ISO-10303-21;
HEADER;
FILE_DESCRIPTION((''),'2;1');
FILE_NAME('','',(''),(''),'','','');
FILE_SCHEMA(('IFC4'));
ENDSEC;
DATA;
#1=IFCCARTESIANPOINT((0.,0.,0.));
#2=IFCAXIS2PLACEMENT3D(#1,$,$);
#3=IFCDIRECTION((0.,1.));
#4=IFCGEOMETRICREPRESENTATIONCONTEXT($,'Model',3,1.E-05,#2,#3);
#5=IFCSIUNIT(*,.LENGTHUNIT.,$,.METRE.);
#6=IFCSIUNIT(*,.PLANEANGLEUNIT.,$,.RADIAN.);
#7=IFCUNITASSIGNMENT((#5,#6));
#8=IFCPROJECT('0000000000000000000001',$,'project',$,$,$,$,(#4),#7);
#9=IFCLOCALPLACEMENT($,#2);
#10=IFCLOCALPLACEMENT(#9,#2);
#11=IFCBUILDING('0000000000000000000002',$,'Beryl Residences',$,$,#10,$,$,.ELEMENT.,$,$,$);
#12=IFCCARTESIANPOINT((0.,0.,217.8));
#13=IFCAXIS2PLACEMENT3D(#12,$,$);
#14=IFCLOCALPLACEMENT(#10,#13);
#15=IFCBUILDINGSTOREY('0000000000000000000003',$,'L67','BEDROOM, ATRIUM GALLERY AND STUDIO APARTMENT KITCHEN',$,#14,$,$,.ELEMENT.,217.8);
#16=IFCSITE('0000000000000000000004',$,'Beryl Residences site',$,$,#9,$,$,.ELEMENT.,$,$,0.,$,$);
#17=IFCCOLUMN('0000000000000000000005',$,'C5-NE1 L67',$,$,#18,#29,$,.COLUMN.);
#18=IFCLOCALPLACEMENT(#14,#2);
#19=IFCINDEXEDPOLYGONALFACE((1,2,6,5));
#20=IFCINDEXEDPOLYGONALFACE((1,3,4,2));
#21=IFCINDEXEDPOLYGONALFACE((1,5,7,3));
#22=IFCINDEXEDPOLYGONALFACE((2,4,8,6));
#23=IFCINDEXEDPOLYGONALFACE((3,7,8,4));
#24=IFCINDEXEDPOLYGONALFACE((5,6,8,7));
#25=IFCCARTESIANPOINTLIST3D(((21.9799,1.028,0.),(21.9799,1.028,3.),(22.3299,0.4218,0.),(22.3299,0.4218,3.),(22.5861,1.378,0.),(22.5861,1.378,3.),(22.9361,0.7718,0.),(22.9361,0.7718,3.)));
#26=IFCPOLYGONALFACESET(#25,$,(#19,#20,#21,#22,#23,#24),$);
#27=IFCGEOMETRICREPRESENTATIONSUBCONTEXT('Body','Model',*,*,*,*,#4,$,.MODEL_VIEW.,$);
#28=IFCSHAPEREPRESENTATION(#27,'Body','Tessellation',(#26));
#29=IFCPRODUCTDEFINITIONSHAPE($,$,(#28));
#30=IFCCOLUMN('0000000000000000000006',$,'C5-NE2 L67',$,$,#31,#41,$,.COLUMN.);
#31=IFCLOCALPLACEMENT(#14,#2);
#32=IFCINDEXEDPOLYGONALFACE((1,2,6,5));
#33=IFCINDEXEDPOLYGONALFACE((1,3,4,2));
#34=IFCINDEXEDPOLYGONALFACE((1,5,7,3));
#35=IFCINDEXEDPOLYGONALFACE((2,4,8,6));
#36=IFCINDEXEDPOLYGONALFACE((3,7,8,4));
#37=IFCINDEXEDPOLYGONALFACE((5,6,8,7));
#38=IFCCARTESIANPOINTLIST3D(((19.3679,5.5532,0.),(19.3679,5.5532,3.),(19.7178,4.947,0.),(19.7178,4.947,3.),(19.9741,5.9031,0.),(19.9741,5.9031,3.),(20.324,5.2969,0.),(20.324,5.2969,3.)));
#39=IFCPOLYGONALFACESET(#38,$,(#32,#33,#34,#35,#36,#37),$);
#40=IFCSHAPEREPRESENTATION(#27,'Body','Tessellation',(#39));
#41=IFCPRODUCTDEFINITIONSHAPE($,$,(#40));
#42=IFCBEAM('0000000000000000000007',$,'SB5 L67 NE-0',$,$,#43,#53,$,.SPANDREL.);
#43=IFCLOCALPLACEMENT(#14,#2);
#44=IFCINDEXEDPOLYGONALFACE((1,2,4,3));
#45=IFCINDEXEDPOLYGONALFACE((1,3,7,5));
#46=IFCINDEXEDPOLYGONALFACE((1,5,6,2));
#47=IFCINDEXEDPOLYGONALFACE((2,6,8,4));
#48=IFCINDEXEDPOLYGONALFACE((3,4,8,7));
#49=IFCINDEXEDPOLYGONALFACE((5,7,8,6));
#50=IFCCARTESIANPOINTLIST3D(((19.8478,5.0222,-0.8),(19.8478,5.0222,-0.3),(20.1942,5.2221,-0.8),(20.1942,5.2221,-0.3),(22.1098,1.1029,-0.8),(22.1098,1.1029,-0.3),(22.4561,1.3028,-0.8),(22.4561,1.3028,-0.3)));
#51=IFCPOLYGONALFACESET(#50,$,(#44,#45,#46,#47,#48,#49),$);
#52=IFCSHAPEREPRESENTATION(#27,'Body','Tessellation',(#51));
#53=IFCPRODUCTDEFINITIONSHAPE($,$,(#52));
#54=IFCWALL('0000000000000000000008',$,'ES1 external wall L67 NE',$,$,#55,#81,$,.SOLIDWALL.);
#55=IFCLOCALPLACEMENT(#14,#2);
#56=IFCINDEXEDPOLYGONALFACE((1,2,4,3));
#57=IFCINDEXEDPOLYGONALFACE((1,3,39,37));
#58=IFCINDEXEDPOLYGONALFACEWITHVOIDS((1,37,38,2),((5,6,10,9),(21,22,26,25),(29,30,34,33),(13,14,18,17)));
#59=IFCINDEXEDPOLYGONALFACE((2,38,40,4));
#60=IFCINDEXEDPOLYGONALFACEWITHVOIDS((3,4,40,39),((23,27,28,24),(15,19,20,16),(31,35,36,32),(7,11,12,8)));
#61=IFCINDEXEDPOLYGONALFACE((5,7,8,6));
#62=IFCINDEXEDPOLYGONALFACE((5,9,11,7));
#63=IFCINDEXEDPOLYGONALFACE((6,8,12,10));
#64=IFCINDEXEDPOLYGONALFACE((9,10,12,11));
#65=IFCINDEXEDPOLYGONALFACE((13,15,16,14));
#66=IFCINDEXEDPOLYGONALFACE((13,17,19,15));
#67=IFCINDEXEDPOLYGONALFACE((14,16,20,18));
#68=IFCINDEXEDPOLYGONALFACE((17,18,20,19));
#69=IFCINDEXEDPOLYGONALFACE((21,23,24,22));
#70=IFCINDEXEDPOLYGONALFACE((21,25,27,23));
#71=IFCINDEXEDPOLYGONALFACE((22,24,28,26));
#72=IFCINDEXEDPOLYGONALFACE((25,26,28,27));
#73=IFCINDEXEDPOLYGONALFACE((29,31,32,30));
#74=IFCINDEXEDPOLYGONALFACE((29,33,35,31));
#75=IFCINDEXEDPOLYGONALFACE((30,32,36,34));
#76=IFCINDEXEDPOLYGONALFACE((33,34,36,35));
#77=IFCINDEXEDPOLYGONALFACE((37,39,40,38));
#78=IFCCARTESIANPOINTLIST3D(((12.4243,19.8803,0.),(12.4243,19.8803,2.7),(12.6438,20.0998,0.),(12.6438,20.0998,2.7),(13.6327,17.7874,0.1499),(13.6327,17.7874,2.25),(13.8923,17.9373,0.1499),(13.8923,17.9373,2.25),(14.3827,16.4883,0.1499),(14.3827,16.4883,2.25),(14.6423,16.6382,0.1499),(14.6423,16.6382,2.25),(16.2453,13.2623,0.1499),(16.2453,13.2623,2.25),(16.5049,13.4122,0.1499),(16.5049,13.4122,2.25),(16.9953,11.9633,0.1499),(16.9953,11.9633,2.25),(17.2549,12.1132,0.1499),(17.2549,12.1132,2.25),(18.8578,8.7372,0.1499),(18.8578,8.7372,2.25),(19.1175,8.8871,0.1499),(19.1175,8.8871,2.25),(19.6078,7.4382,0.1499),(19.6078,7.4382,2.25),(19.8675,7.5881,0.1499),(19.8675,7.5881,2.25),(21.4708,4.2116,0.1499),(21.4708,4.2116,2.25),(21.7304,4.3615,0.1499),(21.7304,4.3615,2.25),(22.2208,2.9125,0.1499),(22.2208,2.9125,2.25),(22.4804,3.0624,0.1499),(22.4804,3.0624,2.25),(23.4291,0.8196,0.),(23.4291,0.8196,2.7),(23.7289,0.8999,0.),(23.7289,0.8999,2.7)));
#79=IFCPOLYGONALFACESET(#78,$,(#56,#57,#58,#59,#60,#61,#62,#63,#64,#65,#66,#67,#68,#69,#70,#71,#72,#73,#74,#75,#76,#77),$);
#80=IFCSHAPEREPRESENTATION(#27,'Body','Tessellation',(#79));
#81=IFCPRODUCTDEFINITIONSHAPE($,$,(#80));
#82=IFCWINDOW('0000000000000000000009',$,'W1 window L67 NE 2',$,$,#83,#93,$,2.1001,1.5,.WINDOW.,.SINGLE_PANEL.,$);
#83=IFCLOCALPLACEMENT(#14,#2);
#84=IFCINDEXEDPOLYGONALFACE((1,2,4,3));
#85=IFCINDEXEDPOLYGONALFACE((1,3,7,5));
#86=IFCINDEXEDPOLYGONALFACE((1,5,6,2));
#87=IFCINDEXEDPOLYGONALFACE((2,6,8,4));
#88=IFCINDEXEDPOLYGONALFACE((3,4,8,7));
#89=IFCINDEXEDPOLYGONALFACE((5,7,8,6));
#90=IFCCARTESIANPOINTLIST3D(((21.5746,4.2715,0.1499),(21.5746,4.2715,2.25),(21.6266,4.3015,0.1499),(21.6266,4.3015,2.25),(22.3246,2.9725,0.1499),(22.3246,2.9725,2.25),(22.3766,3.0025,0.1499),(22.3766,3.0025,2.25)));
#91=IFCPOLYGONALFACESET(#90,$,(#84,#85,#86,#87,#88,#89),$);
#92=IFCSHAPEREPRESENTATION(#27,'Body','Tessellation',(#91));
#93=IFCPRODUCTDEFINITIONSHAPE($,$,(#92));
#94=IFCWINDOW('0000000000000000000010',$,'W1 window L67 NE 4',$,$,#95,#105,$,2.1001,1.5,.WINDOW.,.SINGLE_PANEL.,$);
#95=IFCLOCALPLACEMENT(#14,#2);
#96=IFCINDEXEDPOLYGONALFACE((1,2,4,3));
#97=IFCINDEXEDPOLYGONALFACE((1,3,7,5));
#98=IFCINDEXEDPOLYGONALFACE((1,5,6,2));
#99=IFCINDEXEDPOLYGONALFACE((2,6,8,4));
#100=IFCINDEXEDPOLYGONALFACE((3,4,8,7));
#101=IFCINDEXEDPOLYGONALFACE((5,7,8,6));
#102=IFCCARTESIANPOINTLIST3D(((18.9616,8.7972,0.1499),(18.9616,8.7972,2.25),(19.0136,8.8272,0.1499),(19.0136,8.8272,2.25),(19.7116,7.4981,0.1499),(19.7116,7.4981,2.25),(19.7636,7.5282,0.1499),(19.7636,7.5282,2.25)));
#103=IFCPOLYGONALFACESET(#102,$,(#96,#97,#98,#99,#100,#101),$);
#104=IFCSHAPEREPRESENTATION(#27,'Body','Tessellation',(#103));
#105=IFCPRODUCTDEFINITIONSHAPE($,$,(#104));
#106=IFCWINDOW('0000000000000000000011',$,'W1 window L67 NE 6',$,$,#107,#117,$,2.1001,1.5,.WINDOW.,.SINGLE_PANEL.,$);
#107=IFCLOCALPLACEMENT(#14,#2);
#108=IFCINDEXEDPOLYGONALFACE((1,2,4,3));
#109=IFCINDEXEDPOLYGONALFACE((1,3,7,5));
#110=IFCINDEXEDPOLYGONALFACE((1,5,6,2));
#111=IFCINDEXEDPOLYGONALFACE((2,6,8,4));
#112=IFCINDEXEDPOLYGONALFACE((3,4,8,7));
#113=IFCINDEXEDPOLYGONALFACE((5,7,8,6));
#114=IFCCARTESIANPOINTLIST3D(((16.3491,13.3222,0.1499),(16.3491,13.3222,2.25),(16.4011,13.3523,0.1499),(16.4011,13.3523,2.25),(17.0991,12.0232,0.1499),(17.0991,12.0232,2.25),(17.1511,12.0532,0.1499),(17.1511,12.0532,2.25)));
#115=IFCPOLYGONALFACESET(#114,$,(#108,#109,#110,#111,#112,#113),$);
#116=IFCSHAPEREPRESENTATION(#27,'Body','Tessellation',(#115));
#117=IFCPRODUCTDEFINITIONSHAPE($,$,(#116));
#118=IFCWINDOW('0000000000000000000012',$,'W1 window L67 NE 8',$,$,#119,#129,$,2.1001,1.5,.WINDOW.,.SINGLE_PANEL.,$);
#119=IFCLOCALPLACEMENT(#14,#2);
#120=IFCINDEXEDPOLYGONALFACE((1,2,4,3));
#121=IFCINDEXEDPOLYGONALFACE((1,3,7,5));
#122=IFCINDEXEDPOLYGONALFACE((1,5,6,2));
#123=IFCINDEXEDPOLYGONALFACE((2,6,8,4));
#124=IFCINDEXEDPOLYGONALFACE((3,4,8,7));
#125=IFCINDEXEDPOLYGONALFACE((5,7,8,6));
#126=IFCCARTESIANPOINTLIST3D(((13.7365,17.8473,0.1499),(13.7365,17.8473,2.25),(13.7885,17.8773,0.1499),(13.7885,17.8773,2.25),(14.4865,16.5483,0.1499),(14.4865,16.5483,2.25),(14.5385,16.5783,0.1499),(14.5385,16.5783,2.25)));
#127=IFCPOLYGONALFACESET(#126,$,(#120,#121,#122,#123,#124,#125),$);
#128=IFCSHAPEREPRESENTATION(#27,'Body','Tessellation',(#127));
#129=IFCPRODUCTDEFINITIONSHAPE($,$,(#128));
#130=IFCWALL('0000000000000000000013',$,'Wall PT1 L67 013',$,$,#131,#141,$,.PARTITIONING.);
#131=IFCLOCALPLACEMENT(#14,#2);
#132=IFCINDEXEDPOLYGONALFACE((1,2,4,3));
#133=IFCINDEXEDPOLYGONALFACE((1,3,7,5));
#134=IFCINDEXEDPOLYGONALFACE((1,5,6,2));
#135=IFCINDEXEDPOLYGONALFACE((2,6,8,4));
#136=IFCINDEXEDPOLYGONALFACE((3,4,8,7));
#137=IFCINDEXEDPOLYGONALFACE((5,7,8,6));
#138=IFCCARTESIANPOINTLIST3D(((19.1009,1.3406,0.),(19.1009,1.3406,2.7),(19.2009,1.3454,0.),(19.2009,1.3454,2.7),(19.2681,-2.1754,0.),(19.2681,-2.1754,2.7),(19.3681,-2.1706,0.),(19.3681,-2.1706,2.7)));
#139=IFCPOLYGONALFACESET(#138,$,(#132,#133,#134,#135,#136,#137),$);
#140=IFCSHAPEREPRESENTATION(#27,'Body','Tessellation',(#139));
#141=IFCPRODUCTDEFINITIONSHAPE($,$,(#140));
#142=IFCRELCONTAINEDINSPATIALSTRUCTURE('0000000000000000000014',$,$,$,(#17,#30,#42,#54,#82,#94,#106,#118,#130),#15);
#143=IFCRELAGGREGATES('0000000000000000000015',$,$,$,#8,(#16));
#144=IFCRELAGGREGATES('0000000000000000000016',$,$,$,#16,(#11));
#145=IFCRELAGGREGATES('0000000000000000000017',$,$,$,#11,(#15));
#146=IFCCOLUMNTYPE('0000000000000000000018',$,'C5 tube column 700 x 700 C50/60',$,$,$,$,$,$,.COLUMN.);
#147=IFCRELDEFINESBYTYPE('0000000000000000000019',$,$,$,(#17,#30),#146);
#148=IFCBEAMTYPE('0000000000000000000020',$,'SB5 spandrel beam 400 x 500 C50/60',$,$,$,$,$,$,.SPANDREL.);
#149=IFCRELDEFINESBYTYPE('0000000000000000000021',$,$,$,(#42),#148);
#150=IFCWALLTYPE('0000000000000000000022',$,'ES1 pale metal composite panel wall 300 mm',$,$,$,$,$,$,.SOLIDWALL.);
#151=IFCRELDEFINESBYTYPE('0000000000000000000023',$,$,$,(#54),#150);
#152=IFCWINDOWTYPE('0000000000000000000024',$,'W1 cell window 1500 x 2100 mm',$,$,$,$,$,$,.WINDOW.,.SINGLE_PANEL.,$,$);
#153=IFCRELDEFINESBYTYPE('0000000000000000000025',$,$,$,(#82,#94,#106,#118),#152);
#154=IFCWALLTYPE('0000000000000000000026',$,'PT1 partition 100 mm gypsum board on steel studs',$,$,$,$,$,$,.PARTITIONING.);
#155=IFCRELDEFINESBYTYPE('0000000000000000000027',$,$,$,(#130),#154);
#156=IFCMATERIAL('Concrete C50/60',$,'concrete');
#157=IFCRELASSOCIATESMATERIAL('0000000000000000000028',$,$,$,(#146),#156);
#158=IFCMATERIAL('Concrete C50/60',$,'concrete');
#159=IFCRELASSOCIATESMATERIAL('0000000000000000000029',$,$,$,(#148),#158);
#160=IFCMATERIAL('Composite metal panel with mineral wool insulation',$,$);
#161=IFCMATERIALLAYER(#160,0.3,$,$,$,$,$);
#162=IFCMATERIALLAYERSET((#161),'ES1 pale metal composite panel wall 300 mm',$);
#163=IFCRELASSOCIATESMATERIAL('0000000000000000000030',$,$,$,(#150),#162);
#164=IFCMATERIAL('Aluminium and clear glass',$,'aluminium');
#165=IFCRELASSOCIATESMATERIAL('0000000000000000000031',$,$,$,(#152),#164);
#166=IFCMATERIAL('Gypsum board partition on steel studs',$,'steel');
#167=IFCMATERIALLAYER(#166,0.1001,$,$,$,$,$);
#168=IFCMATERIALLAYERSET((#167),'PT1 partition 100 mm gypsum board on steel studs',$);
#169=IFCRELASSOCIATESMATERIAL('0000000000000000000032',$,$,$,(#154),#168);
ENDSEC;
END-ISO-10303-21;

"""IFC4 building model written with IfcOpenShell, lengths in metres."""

from ifc_helpers import new_model, si_unit, direction, frame, frame_2d, origin, origin_2d, place, context, subcontext, project, spatial, polyline, rectangle, outline, extrude, material, layer, layer_set, material_profile, profile_set, type_object, element, fill, save


model = new_model("IFC4")

# Units and contexts
model_context = context("Model", 3, precision=1e-05, world=origin(), true_north=direction((0.0, 1.0)))
body_context = subcontext(model_context, "Body", "Model", "MODEL_VIEW")
ifc_project = project(units=[si_unit("LENGTHUNIT", "METRE"), si_unit("PLANEANGLEUNIT", "RADIAN")], contexts=[model_context])

# Site, building, storey
site_placement = place(None, origin())
site = spatial("IfcSite", under=ifc_project, at=site_placement, Name="Beryl Residences site", CompositionType="ELEMENT", RefElevation=0.0)
building_placement = place(site_placement, origin())
building = spatial("IfcBuilding", under=site, at=building_placement, Name="Beryl Residences", CompositionType="ELEMENT")
storey_placement = place(building_placement, frame((0.0, 0.0, 217.8)))
storey = spatial("IfcBuildingStorey", under=building, at=storey_placement, Name="L67", Description="BEDROOM, ATRIUM GALLERY AND STUDIO APARTMENT KITCHEN", CompositionType="ELEMENT", Elevation=217.8)

# Columns
ifc_material_1 = material(Name="Concrete C50/60", Category="concrete")
ifc_material_profile_1 = material_profile(ifc_material_1, rectangle(XDim=0.7, YDim=0.7, at=origin_2d()))
ifc_profile_set_1 = profile_set([ifc_material_profile_1], Name="Concrete C50/60")
column_type = type_object("IfcColumnType", Name="C5 tube column 700 x 700 C50/60", PredefinedType="COLUMN", material=ifc_profile_set_1)
for number, where, z_axis, x_axis, name in (
    (1, (22.458, 0.8999, 0.0), (0.0, 0.0, 1.0), (-0.49997, 0.866043, 0.0), "C5-NE1 L67"),
    (2, (19.8459, 5.425, 0.0), (0.0, 0.0, 1.0), (-0.49997, 0.866043, 0.0), "C5-NE2 L67"),
):
    element("IfcColumn", number, at=place(storey_placement, frame(where, z_axis=z_axis, x_axis=x_axis)), inside=storey, type_object=column_type, Name=name, PredefinedType="COLUMN", context=body_context, shape_type="SweptSolid", body=[
        extrude(rectangle(XDim=0.7, YDim=0.7, at=origin_2d()), origin(), (0.0, 0.0, 1.0), 3.0),
    ])

# Beam
ifc_material_2 = material(Name="Concrete C50/60", Category="concrete")
ifc_material_profile_2 = material_profile(ifc_material_2, rectangle(XDim=0.3999, YDim=0.5, at=origin_2d()))
ifc_profile_set_2 = profile_set([ifc_material_profile_2], Name="Concrete C50/60")
beam_type = type_object("IfcBeamType", Name="SB5 spandrel beam 400 x 500 C50/60", PredefinedType="SPANDREL", material=ifc_profile_set_2)
beam_placement = place(storey_placement, frame((22.283, 1.2029, -0.55), z_axis=(-0.49987, 0.8661, 0.0), x_axis=(-0.8661, -0.49987, 0.0)))
element("IfcBeam", 3, at=beam_placement, inside=storey, type_object=beam_type, Name="SB5 L67 NE-0", PredefinedType="SPANDREL", context=body_context, shape_type="SweptSolid", body=[
    extrude(rectangle(XDim=0.3999, YDim=0.5, at=origin_2d()), origin(), (0.0, 0.0, 1.0), 4.5251),
])

# Wall, openings, windows
ifc_material_3 = material(Name="Composite metal panel with mineral wool insulation")
ifc_layer_1 = layer(ifc_material_3, 0.3)
ifc_layer_set_1 = layer_set([ifc_layer_1], Name="ES1 pale metal composite panel wall 300 mm")
wall_type_1 = type_object("IfcWallType", Name="ES1 pale metal composite panel wall 300 mm", PredefinedType="SOLIDWALL", material=ifc_layer_set_1)
wall_1_placement = place(storey_placement, frame((23.5991, 0.825, 0.0), z_axis=(0.0, 0.0, 1.0), x_axis=(-0.500004, 0.866023, 0.0)))
wall_1 = element("IfcWall", 4, at=wall_1_placement, inside=storey, type_object=wall_type_1, Name="ES1 external wall L67 NE", PredefinedType="SOLIDWALL", context=body_context, shape_type="SweptSolid", body=[
    extrude(outline(polyline([(0.0, -0.1499), (22.1702, -0.1499), (22.0898, 0.1499), (0.0803, 0.1499), (0.0, -0.1499)])), origin(), (0.0, 0.0, 1.0), 2.7),
])
opening_1_placement = place(wall_1_placement, frame((2.4971, 0.0, 0.1499)))
opening_1 = element("IfcOpeningElement", 5, at=opening_1_placement, cuts=wall_1, PredefinedType="OPENING", context=body_context, shape_type="SweptSolid", body=[
    extrude(rectangle(XDim=1.5, YDim=2.1001, at=frame_2d((0.75, 1.05))), frame((0.0, 0.1599, 0.0), z_axis=(0.0, -1.0, 0.0), x_axis=(1.0, 0.0, 0.0)), (0.0, 0.0, 1.0), 0.3201),
])
opening_2_placement = place(wall_1_placement, frame((7.7229, 0.0, 0.1499)))
opening_2 = element("IfcOpeningElement", 6, at=opening_2_placement, cuts=wall_1, PredefinedType="OPENING", context=body_context, shape_type="SweptSolid", body=[
    extrude(rectangle(XDim=1.5, YDim=2.1001, at=frame_2d((0.75, 1.05))), frame((0.0, 0.1599, 0.0), z_axis=(0.0, -1.0, 0.0), x_axis=(1.0, 0.0, 0.0)), (0.0, 0.0, 1.0), 0.3201),
])
opening_3_placement = place(wall_1_placement, frame((12.948, 0.0, 0.1499)))
opening_3 = element("IfcOpeningElement", 7, at=opening_3_placement, cuts=wall_1, PredefinedType="OPENING", context=body_context, shape_type="SweptSolid", body=[
    extrude(rectangle(XDim=1.5, YDim=2.1001, at=frame_2d((0.75, 1.05))), frame((0.0, 0.1599, 0.0), z_axis=(0.0, -1.0, 0.0), x_axis=(1.0, 0.0, 0.0)), (0.0, 0.0, 1.0), 0.3201),
])
opening_4_placement = place(wall_1_placement, frame((18.1731, 0.0, 0.1499)))
opening_4 = element("IfcOpeningElement", 8, at=opening_4_placement, cuts=wall_1, PredefinedType="OPENING", context=body_context, shape_type="SweptSolid", body=[
    extrude(rectangle(XDim=1.5, YDim=2.1001, at=frame_2d((0.75, 1.05))), frame((0.0, 0.1599, 0.0), z_axis=(0.0, -1.0, 0.0), x_axis=(1.0, 0.0, 0.0)), (0.0, 0.0, 1.0), 0.3201),
])
ifc_material_4 = material(Name="Aluminium and clear glass", Category="aluminium")
window_type = type_object("IfcWindowType", Name="W1 cell window 1500 x 2100 mm", PartitioningType="SINGLE_PANEL", PredefinedType="WINDOW", material=ifc_material_4)
window_1_placement = place(opening_1_placement, origin())
window_1 = element("IfcWindow", 9, at=window_1_placement, inside=storey, type_object=window_type, Name="W1 window L67 NE 2", OverallHeight=2.1001, OverallWidth=1.5, PartitioningType="SINGLE_PANEL", PredefinedType="WINDOW", context=body_context, shape_type="SweptSolid", body=[
    extrude(rectangle(XDim=1.5, YDim=2.1001, at=frame_2d((0.75, 1.05))), frame((0.0, 0.03, 0.0), z_axis=(0.0, -1.0, 0.0), x_axis=(1.0, 0.0, 0.0)), (0.0, 0.0, 1.0), 0.0601),
])
fill(opening_1, window_1)
window_2_placement = place(opening_2_placement, origin())
window_2 = element("IfcWindow", 10, at=window_2_placement, inside=storey, type_object=window_type, Name="W1 window L67 NE 4", OverallHeight=2.1001, OverallWidth=1.5, PartitioningType="SINGLE_PANEL", PredefinedType="WINDOW", context=body_context, shape_type="SweptSolid", body=[
    extrude(rectangle(XDim=1.5, YDim=2.1001, at=frame_2d((0.75, 1.05))), frame((0.0, 0.03, 0.0), z_axis=(0.0, -1.0, 0.0), x_axis=(1.0, 0.0, 0.0)), (0.0, 0.0, 1.0), 0.0601),
])
fill(opening_2, window_2)
window_3_placement = place(opening_3_placement, origin())
window_3 = element("IfcWindow", 11, at=window_3_placement, inside=storey, type_object=window_type, Name="W1 window L67 NE 6", OverallHeight=2.1001, OverallWidth=1.5, PartitioningType="SINGLE_PANEL", PredefinedType="WINDOW", context=body_context, shape_type="SweptSolid", body=[
    extrude(rectangle(XDim=1.5, YDim=2.1001, at=frame_2d((0.75, 1.05))), frame((0.0, 0.03, 0.0), z_axis=(0.0, -1.0, 0.0), x_axis=(1.0, 0.0, 0.0)), (0.0, 0.0, 1.0), 0.0601),
])
fill(opening_3, window_3)
window_4_placement = place(opening_4_placement, origin())
window_4 = element("IfcWindow", 12, at=window_4_placement, inside=storey, type_object=window_type, Name="W1 window L67 NE 8", OverallHeight=2.1001, OverallWidth=1.5, PartitioningType="SINGLE_PANEL", PredefinedType="WINDOW", context=body_context, shape_type="SweptSolid", body=[
    extrude(rectangle(XDim=1.5, YDim=2.1001, at=frame_2d((0.75, 1.05))), frame((0.0, 0.03, 0.0), z_axis=(0.0, -1.0, 0.0), x_axis=(1.0, 0.0, 0.0)), (0.0, 0.0, 1.0), 0.0601),
])
fill(opening_4, window_4)

# Wall
ifc_material_5 = material(Name="Gypsum board partition on steel studs", Category="steel")
ifc_layer_2 = layer(ifc_material_5, 0.1001)
ifc_layer_set_2 = layer_set([ifc_layer_2], Name="PT1 partition 100 mm gypsum board on steel studs")
wall_type_2 = type_object("IfcWallType", Name="PT1 partition 100 mm gypsum board on steel studs", PredefinedType="PARTITIONING", material=ifc_layer_set_2)
wall_2_placement = place(storey_placement, frame((19.1509, 1.343, 0.0), z_axis=(0.0, 0.0, 1.0), x_axis=(0.047509, -0.998871, 0.0)))
element("IfcWall", 13, at=wall_2_placement, inside=storey, type_object=wall_type_2, Name="Wall PT1 L67 013", PredefinedType="PARTITIONING", context=body_context, shape_type="SweptSolid", body=[
    extrude(rectangle(XDim=3.52, YDim=0.1001, at=frame_2d((1.76, 0.0))), origin(), (0.0, 0.0, 1.0), 2.7),
])

save(model, "model.ifc")
